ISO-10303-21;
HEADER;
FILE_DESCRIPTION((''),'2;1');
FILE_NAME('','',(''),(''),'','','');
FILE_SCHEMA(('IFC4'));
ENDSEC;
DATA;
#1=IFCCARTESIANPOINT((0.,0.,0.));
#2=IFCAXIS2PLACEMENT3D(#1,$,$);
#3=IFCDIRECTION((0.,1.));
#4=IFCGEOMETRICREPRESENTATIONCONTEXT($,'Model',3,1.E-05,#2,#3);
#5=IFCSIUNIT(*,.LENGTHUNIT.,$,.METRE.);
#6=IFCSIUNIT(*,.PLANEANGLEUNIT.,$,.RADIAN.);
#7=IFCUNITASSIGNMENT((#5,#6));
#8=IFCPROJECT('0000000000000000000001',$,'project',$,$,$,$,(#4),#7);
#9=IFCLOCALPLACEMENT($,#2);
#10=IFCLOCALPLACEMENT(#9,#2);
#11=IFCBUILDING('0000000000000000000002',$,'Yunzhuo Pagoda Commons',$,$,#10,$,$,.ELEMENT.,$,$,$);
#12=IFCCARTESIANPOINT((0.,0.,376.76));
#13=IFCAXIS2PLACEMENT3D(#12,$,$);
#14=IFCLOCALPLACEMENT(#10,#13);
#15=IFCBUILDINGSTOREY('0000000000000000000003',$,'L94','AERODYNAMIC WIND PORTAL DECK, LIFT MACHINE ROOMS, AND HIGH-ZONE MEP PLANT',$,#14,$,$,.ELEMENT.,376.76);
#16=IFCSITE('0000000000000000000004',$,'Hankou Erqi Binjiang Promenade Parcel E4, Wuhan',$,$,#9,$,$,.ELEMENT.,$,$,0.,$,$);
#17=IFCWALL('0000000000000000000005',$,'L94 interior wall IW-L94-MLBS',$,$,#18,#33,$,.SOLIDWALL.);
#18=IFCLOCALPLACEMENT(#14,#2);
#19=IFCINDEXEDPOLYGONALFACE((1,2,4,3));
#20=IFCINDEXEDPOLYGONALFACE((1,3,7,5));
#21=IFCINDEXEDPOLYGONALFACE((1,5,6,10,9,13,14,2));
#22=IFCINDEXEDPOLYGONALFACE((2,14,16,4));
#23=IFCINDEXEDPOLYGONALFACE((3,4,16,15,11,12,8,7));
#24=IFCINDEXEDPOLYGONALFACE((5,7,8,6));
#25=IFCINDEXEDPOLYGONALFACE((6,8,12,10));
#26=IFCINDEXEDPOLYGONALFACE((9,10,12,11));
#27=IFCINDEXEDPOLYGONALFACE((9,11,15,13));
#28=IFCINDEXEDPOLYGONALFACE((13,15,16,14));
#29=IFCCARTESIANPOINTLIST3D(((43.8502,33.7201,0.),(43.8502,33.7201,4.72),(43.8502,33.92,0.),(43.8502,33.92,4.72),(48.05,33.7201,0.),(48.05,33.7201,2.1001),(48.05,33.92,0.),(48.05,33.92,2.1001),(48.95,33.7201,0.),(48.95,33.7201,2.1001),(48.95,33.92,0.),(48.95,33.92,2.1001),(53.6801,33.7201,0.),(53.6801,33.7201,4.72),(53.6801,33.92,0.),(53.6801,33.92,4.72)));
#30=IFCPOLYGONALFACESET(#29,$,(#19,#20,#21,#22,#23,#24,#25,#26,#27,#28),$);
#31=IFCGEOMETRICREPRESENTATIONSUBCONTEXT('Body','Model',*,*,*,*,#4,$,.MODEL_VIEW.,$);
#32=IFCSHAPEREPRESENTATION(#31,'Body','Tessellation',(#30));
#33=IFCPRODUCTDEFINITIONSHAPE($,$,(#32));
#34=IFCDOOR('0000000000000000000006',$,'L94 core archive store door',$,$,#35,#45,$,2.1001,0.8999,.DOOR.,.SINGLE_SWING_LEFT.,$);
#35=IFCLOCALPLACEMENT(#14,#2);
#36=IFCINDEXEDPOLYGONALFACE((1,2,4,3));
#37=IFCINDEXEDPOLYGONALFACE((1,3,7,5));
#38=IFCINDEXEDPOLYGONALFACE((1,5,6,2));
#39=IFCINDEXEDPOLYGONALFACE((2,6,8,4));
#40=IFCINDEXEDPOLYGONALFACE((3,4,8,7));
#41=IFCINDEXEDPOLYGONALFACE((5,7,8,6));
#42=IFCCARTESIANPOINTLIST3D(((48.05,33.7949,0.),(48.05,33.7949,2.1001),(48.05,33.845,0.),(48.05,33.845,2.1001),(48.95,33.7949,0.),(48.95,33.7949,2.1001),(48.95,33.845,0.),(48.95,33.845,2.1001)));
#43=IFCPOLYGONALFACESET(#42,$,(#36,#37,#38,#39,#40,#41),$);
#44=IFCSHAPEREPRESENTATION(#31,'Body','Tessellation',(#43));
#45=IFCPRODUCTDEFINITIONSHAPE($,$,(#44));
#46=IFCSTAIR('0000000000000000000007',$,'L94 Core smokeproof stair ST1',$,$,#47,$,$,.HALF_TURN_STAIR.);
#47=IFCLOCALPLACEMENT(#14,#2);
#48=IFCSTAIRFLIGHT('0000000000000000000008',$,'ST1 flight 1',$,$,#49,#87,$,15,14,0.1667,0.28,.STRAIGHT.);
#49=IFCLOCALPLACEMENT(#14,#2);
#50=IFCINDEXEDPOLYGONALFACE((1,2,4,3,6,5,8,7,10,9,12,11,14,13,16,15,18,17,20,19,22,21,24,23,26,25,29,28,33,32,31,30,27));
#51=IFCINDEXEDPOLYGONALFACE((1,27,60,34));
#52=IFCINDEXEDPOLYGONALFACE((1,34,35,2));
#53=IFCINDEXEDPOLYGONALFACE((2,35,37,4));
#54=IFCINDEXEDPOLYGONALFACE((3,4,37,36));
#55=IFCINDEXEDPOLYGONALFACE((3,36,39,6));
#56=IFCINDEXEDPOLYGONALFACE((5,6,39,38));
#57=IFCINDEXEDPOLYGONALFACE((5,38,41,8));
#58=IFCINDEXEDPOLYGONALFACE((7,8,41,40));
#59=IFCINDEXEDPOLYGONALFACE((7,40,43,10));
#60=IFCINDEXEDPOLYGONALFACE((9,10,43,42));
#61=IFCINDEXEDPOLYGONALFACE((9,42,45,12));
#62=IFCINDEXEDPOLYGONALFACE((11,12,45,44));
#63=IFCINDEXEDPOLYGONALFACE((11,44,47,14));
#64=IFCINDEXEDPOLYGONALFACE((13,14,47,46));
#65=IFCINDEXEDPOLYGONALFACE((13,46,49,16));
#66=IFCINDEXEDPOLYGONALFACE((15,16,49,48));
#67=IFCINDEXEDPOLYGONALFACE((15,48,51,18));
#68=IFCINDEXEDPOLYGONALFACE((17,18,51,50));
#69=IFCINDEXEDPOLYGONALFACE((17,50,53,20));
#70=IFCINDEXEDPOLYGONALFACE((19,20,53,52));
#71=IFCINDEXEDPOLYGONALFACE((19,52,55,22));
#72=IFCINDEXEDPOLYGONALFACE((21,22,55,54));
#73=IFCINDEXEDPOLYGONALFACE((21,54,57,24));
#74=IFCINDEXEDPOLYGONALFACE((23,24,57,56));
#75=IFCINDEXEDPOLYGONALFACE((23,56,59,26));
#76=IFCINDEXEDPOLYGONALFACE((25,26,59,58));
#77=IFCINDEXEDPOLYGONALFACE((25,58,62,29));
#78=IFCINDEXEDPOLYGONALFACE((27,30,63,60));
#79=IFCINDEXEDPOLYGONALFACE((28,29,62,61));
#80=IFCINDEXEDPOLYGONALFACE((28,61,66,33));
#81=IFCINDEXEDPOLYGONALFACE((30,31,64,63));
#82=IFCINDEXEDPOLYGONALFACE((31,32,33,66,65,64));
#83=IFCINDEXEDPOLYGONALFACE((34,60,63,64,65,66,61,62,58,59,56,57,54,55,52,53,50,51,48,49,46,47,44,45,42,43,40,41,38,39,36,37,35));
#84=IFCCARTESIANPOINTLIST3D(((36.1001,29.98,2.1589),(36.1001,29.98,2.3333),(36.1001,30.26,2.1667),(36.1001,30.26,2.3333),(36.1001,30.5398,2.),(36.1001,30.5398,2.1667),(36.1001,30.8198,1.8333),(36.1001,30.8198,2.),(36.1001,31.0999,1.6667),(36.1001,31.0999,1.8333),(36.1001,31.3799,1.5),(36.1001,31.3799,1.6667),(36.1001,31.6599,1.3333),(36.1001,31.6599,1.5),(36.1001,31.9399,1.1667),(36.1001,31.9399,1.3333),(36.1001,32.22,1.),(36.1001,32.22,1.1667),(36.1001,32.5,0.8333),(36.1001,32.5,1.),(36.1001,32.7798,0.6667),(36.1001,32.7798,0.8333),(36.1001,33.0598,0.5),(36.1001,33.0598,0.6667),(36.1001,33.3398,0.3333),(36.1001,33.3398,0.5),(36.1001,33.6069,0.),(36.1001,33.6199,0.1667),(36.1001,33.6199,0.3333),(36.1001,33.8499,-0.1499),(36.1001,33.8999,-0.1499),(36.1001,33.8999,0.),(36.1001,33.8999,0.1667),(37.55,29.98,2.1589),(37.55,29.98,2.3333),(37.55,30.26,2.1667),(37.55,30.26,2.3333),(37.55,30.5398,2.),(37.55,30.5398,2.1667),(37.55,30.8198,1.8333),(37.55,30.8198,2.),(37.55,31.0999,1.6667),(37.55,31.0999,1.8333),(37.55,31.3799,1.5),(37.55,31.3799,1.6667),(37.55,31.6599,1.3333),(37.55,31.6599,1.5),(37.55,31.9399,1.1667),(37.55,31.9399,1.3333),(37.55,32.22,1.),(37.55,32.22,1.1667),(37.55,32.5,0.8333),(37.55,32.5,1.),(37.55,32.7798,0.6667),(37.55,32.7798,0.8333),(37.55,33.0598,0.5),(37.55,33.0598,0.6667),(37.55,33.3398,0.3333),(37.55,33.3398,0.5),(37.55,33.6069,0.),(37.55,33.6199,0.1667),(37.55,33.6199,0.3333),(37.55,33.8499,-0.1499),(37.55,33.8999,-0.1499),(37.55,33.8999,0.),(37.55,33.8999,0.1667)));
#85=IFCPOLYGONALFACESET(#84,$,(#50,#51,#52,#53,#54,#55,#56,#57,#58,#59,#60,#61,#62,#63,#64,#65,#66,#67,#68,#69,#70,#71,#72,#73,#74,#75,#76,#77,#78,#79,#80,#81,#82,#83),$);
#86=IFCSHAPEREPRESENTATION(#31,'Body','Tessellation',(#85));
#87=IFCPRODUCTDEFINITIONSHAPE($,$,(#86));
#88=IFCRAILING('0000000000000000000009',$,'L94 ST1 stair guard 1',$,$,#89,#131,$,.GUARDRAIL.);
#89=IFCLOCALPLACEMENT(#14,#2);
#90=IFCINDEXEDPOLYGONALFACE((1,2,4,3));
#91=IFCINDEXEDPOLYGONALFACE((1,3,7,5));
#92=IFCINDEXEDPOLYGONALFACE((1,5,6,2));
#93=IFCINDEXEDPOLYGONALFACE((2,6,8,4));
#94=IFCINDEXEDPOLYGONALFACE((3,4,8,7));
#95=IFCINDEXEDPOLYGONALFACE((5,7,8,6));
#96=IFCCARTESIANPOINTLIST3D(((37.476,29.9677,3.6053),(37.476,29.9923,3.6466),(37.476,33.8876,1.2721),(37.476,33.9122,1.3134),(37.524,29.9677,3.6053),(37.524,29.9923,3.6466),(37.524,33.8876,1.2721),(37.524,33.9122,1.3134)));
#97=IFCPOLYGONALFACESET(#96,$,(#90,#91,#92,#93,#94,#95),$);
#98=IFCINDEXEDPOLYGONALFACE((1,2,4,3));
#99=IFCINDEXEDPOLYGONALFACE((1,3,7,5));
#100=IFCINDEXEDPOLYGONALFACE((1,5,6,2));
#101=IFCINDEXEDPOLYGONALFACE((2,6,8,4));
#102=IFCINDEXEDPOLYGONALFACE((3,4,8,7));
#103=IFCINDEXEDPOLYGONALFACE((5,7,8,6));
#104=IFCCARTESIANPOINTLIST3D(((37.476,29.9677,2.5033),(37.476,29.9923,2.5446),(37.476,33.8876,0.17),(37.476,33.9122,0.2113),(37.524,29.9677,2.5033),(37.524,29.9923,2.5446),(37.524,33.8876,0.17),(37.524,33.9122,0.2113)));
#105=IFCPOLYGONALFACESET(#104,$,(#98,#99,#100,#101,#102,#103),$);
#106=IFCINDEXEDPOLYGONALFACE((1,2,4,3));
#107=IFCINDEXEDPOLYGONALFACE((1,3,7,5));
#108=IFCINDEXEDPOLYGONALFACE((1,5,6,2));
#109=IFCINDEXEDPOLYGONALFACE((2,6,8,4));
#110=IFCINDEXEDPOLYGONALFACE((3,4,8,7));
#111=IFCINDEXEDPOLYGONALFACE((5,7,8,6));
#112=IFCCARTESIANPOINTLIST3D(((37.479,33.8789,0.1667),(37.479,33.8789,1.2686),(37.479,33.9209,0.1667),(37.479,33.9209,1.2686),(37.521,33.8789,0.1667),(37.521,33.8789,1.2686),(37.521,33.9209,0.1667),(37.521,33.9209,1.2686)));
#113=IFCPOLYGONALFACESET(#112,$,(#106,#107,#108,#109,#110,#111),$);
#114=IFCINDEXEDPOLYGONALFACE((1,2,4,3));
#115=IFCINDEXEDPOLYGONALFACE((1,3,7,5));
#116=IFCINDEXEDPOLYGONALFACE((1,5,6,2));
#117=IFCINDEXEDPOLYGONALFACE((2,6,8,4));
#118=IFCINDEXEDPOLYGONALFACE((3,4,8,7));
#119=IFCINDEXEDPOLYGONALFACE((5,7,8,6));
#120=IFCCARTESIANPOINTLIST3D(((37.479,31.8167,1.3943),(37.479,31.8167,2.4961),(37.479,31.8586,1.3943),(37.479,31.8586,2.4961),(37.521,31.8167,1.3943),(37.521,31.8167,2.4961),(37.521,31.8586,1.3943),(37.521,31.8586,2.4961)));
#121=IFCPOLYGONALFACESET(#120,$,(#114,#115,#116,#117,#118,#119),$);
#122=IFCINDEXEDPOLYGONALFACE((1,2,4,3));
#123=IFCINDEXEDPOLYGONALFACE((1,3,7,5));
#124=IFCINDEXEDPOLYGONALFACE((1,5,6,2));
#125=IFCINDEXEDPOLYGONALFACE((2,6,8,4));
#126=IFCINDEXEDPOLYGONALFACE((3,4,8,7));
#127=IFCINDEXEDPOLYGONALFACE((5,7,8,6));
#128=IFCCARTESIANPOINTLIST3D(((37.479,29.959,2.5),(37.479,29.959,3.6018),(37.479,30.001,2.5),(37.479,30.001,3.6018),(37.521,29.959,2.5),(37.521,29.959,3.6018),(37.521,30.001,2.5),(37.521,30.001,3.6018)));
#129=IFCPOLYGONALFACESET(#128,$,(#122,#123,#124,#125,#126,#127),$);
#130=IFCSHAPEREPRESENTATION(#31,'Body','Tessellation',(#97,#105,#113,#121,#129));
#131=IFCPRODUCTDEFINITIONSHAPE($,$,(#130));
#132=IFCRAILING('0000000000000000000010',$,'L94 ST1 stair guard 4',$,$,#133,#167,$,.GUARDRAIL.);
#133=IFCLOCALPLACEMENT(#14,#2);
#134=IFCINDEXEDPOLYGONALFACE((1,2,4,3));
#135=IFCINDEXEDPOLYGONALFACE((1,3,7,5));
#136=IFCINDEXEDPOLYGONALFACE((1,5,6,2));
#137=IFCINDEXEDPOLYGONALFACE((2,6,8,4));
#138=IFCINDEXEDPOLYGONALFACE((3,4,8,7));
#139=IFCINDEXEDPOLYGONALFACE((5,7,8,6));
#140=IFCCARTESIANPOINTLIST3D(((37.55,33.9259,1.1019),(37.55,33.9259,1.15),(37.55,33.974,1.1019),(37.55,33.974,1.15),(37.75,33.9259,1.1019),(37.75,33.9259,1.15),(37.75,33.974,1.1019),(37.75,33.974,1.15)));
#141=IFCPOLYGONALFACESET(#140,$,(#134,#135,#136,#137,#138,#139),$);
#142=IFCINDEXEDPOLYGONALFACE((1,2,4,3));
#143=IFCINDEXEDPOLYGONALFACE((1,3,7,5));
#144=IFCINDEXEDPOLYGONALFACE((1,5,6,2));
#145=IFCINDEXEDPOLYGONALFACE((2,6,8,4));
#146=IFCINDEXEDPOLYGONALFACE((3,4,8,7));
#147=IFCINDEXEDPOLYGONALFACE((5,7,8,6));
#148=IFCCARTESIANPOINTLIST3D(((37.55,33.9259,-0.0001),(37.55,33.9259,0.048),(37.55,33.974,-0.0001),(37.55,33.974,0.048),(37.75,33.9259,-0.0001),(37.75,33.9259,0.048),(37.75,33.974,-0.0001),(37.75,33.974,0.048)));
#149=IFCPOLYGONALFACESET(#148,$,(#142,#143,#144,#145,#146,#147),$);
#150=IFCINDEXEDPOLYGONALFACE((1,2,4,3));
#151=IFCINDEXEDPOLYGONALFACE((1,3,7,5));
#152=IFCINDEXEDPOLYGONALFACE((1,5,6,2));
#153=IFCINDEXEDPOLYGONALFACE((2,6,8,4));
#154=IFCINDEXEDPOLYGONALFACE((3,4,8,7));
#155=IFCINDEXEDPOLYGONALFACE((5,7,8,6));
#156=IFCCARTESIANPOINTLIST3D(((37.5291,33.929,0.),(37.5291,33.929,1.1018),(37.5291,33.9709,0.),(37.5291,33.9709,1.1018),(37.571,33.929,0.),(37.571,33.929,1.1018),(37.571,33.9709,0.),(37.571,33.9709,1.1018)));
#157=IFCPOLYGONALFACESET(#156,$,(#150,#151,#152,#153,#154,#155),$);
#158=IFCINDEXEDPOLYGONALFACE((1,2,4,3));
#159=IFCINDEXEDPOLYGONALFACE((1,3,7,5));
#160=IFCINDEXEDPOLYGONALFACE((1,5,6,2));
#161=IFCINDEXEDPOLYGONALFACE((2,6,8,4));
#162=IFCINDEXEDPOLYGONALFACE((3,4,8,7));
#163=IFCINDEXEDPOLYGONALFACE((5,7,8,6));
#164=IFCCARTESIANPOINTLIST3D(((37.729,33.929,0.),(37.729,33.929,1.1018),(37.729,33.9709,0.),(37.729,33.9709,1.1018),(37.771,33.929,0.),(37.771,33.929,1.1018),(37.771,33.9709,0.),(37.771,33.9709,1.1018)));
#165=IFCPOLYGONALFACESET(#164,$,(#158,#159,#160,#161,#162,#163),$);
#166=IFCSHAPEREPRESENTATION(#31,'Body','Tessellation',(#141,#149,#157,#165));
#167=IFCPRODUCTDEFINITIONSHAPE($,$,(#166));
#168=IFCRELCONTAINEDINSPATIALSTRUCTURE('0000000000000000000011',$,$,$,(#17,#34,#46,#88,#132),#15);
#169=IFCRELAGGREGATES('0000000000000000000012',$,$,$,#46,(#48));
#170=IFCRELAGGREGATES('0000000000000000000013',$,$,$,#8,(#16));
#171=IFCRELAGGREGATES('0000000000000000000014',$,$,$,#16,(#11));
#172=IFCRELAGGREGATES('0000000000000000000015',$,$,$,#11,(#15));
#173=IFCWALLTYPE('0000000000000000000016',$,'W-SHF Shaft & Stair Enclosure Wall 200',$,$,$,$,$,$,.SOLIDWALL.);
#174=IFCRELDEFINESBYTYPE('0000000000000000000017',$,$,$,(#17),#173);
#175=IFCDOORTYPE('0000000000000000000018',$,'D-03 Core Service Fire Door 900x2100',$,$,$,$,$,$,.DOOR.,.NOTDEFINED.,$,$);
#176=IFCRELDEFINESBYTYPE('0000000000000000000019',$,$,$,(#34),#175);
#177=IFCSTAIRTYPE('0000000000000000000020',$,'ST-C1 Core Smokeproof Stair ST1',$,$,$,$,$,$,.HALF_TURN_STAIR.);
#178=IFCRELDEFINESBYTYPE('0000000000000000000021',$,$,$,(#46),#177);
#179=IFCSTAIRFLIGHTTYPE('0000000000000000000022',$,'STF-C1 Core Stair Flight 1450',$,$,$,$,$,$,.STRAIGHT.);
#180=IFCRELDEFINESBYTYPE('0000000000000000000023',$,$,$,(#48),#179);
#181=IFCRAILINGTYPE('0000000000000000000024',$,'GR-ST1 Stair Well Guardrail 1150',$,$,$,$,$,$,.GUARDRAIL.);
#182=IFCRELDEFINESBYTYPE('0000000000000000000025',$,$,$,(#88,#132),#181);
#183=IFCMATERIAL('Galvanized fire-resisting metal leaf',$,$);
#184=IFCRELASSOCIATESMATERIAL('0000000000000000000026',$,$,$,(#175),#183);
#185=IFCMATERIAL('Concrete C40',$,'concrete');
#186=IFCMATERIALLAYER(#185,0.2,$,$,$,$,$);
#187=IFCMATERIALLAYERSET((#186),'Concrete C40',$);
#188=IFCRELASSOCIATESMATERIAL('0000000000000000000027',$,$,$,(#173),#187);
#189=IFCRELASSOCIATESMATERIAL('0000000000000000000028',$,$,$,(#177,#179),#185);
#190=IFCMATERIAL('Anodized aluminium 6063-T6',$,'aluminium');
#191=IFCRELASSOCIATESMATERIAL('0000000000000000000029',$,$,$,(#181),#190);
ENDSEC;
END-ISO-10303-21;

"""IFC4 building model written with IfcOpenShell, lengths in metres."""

from ifc_helpers import new_model, si_unit, direction, frame, frame_2d, origin, origin_with_axes, origin_2d, place, context, subcontext, project, spatial, polyline, rectangle, outline, extrude, source, transform, mapped, material, layer, layer_set, type_object, element, fill, aggregate, save


model = new_model("IFC4")

# Units and contexts
model_context = context("Model", 3, precision=1e-05, world=origin(), true_north=direction((0.0, 1.0)))
body_context = subcontext(model_context, "Body", "Model", "MODEL_VIEW")
ifc_project = project(units=[si_unit("LENGTHUNIT", "METRE"), si_unit("PLANEANGLEUNIT", "RADIAN")], contexts=[model_context])

# Site, building, storey
site_placement = place(None, origin())
site = spatial("IfcSite", under=ifc_project, at=site_placement, Name="Hankou Erqi Binjiang Promenade Parcel E4, Wuhan", CompositionType="ELEMENT", RefElevation=0.0)
building_placement = place(site_placement, origin())
building = spatial("IfcBuilding", under=site, at=building_placement, Name="Yunzhuo Pagoda Commons", CompositionType="ELEMENT")
storey_placement = place(building_placement, frame((0.0, 0.0, 376.76)))
storey = spatial("IfcBuildingStorey", under=building, at=storey_placement, Name="L94", Description="AERODYNAMIC WIND PORTAL DECK, LIFT MACHINE ROOMS, AND HIGH-ZONE MEP PLANT", CompositionType="ELEMENT", Elevation=376.76)

# Shared definitions
ifc_material_1 = material(Name="Galvanized fire-resisting metal leaf")
door_type_1 = type_object("IfcDoorType", Name="D-03 Core Service Fire Door 900x2100", OperationType="NOTDEFINED", PredefinedType="DOOR", material=ifc_material_1)
shared_shape_1 = source(origin(), body_context, "Body", "SweptSolid", [
    extrude(rectangle(XDim=0.8999, YDim=2.1001, at=frame_2d((0.45, 1.05))), frame((0.0, 0.0249, 0.0), z_axis=(0.0, -1.0, 0.0), x_axis=(1.0, 0.0, 0.0)), (0.0, 0.0, 1.0), 0.05),
])
ifc_material_2 = material(Name="Concrete C40", Category="concrete")
ifc_layer_1 = layer(ifc_material_2, 0.2)
ifc_layer_set_1 = layer_set([ifc_layer_1], Name="Concrete C40")
wall_type_1 = type_object("IfcWallType", Name="W-SHF Shaft & Stair Enclosure Wall 200", PredefinedType="SOLIDWALL", material=ifc_layer_set_1)

# Wall, opening, door
wall_1_placement = place(storey_placement, frame((43.8501, 33.8201, 0.0), z_axis=(0.0, 0.0, 1.0), x_axis=(1.0, 0.0, 0.0)))
wall_1 = element("IfcWall", 1, at=wall_1_placement, inside=storey, type_object=wall_type_1, Name="L94 interior wall IW-L94-MLBS", PredefinedType="SOLIDWALL", context=body_context, shape_type="SweptSolid", body=[
    extrude(rectangle(XDim=9.8298, YDim=0.2, at=frame_2d((4.915, 0.0))), origin(), (0.0, 0.0, 1.0), 4.72),
])
opening_1_placement = place(wall_1_placement, frame((4.2, 0.0, 0.0)))
opening_1 = element("IfcOpeningElement", 2, at=opening_1_placement, cuts=wall_1, PredefinedType="OPENING", context=body_context, shape_type="SweptSolid", body=[
    extrude(rectangle(XDim=0.8999, YDim=2.1001, at=frame_2d((0.45, 1.05))), frame((0.0, 0.1099, 0.0), z_axis=(0.0, -1.0, 0.0), x_axis=(1.0, 0.0, 0.0)), (0.0, 0.0, 1.0), 0.22),
])
door_1_placement = place(opening_1_placement, origin_with_axes())
door_1 = element("IfcDoor", 3, at=door_1_placement, inside=storey, type_object=door_type_1, Name="L94 core archive store door", OperationType="SINGLE_SWING_LEFT", OverallHeight=2.1001, OverallWidth=0.8999, PredefinedType="DOOR", context=body_context, shape_type="MappedRepresentation", body=[
    mapped(shared_shape_1, transform((0.0, 0.0, 0.0), scale=1.0)),
])
fill(opening_1, door_1)

# Stair, stair flight
stair_type = type_object("IfcStairType", Name="ST-C1 Core Smokeproof Stair ST1", PredefinedType="HALF_TURN_STAIR", material=ifc_material_2)
stair_placement = place(storey_placement, origin())
stair = element("IfcStair", 4, at=stair_placement, inside=storey, type_object=stair_type, Name="L94 Core smokeproof stair ST1", PredefinedType="HALF_TURN_STAIR")
stair_flight_type = type_object("IfcStairFlightType", Name="STF-C1 Core Stair Flight 1450", PredefinedType="STRAIGHT", material=ifc_material_2)
shared_shape_2 = source(origin(), body_context, "Body", "SweptSolid", [
    extrude(outline(polyline([(0.0, -0.1499), (0.0, 0.0), (0.0, 0.1667), (0.28, 0.1667), (0.28, 0.3333), (0.5601, 0.3333), (0.5601, 0.5), (0.8401, 0.5), (0.8401, 0.6667), (1.1201, 0.6667), (1.1201, 0.8333), (1.3999, 0.8333), (1.3999, 1.0), (1.6799, 1.0), (1.6799, 1.1667), (1.96, 1.1667), (1.96, 1.3333), (2.24, 1.3333), (2.24, 1.5), (2.52, 1.5), (2.52, 1.6667), (2.8, 1.6667), (2.8, 1.8333), (3.0801, 1.8333), (3.0801, 2.0), (3.3601, 2.0), (3.3601, 2.1667), (3.6399, 2.1667), (3.6399, 2.3333), (3.9199, 2.3333), (3.9199, 2.5), (3.9199, 2.1589), (0.293, 0.0), (0.05, -0.1499), (0.0, -0.1499)])), frame((0.0, 0.7251, 0.0), z_axis=(0.0, -1.0, 0.0), x_axis=(1.0, 0.0, 0.0)), (0.0, 0.0, 1.0), 1.45),
])
stair_flight_placement = place(storey_placement, frame((36.825, 33.8999, 0.0), z_axis=(0.0, 0.0, 1.0), x_axis=(0.0, -1.0, 0.0)))
stair_flight = element("IfcStairFlight", 5, at=stair_flight_placement, type_object=stair_flight_type, Name="ST1 flight 1", NumberOfRisers=15, NumberOfTreads=14, PredefinedType="STRAIGHT", RiserHeight=0.1667, TreadLength=0.28, context=body_context, shape_type="MappedRepresentation", body=[
    mapped(shared_shape_2, transform((0.0, 0.0, 0.0), scale=1.0)),
])
aggregate(stair, [stair_flight])

# Railings
ifc_material_3 = material(Name="Anodized aluminium 6063-T6", Category="aluminium")
railing_type_1 = type_object("IfcRailingType", Name="GR-ST1 Stair Well Guardrail 1150", PredefinedType="GUARDRAIL", material=ifc_material_3)
railing_1_placement = place(storey_placement, frame((37.5, 33.8999, 0.1667)))
element("IfcRailing", 6, at=railing_1_placement, inside=storey, type_object=railing_type_1, Name="L94 ST1 stair guard 1", PredefinedType="GUARDRAIL", context=body_context, shape_type="SweptSolid", body=[
    extrude(rectangle(XDim=0.0481, YDim=0.0481, at=origin_2d()), frame((0.0, 0.0, 1.126), z_axis=(0.0, -0.859296, 0.511478), x_axis=(1.0, 0.0, 0.0)), (0.0, 0.0, 1.0), 4.5618),
    extrude(rectangle(XDim=0.0481, YDim=0.0481, at=origin_2d()), frame((0.0, 0.0, 0.0239), z_axis=(0.0, -0.859296, 0.511478), x_axis=(1.0, 0.0, 0.0)), (0.0, 0.0, 1.0), 4.5618),
    extrude(rectangle(XDim=0.042, YDim=0.042, at=origin_2d()), origin(), (0.0, 0.0, 1.0), 1.1018),
    extrude(rectangle(XDim=0.042, YDim=0.042, at=origin_2d()), frame((0.0, -2.0623, 1.2275)), (0.0, 0.0, 1.0), 1.1018),
    extrude(rectangle(XDim=0.042, YDim=0.042, at=origin_2d()), frame((0.0, -3.9199, 2.3333)), (0.0, 0.0, 1.0), 1.1018),
])
railing_2_placement = place(storey_placement, frame((37.55, 33.95, 0.0)))
element("IfcRailing", 7, at=railing_2_placement, inside=storey, type_object=railing_type_1, Name="L94 ST1 stair guard 4", PredefinedType="GUARDRAIL", context=body_context, shape_type="SweptSolid", body=[
    extrude(rectangle(XDim=0.0481, YDim=0.0481, at=origin_2d()), frame((0.0, 0.0, 1.126), z_axis=(1.0, 0.0, 0.0), x_axis=(0.0, 1.0, 0.0)), (0.0, 0.0, 1.0), 0.2),
    extrude(rectangle(XDim=0.0481, YDim=0.0481, at=origin_2d()), frame((0.0, 0.0, 0.0239), z_axis=(1.0, 0.0, 0.0), x_axis=(0.0, 1.0, 0.0)), (0.0, 0.0, 1.0), 0.2),
    extrude(rectangle(XDim=0.042, YDim=0.042, at=origin_2d()), origin(), (0.0, 0.0, 1.0), 1.1018),
    extrude(rectangle(XDim=0.042, YDim=0.042, at=origin_2d()), frame((0.2, 0.0, 0.0)), (0.0, 0.0, 1.0), 1.1018),
])

save(model, "model.ifc")
